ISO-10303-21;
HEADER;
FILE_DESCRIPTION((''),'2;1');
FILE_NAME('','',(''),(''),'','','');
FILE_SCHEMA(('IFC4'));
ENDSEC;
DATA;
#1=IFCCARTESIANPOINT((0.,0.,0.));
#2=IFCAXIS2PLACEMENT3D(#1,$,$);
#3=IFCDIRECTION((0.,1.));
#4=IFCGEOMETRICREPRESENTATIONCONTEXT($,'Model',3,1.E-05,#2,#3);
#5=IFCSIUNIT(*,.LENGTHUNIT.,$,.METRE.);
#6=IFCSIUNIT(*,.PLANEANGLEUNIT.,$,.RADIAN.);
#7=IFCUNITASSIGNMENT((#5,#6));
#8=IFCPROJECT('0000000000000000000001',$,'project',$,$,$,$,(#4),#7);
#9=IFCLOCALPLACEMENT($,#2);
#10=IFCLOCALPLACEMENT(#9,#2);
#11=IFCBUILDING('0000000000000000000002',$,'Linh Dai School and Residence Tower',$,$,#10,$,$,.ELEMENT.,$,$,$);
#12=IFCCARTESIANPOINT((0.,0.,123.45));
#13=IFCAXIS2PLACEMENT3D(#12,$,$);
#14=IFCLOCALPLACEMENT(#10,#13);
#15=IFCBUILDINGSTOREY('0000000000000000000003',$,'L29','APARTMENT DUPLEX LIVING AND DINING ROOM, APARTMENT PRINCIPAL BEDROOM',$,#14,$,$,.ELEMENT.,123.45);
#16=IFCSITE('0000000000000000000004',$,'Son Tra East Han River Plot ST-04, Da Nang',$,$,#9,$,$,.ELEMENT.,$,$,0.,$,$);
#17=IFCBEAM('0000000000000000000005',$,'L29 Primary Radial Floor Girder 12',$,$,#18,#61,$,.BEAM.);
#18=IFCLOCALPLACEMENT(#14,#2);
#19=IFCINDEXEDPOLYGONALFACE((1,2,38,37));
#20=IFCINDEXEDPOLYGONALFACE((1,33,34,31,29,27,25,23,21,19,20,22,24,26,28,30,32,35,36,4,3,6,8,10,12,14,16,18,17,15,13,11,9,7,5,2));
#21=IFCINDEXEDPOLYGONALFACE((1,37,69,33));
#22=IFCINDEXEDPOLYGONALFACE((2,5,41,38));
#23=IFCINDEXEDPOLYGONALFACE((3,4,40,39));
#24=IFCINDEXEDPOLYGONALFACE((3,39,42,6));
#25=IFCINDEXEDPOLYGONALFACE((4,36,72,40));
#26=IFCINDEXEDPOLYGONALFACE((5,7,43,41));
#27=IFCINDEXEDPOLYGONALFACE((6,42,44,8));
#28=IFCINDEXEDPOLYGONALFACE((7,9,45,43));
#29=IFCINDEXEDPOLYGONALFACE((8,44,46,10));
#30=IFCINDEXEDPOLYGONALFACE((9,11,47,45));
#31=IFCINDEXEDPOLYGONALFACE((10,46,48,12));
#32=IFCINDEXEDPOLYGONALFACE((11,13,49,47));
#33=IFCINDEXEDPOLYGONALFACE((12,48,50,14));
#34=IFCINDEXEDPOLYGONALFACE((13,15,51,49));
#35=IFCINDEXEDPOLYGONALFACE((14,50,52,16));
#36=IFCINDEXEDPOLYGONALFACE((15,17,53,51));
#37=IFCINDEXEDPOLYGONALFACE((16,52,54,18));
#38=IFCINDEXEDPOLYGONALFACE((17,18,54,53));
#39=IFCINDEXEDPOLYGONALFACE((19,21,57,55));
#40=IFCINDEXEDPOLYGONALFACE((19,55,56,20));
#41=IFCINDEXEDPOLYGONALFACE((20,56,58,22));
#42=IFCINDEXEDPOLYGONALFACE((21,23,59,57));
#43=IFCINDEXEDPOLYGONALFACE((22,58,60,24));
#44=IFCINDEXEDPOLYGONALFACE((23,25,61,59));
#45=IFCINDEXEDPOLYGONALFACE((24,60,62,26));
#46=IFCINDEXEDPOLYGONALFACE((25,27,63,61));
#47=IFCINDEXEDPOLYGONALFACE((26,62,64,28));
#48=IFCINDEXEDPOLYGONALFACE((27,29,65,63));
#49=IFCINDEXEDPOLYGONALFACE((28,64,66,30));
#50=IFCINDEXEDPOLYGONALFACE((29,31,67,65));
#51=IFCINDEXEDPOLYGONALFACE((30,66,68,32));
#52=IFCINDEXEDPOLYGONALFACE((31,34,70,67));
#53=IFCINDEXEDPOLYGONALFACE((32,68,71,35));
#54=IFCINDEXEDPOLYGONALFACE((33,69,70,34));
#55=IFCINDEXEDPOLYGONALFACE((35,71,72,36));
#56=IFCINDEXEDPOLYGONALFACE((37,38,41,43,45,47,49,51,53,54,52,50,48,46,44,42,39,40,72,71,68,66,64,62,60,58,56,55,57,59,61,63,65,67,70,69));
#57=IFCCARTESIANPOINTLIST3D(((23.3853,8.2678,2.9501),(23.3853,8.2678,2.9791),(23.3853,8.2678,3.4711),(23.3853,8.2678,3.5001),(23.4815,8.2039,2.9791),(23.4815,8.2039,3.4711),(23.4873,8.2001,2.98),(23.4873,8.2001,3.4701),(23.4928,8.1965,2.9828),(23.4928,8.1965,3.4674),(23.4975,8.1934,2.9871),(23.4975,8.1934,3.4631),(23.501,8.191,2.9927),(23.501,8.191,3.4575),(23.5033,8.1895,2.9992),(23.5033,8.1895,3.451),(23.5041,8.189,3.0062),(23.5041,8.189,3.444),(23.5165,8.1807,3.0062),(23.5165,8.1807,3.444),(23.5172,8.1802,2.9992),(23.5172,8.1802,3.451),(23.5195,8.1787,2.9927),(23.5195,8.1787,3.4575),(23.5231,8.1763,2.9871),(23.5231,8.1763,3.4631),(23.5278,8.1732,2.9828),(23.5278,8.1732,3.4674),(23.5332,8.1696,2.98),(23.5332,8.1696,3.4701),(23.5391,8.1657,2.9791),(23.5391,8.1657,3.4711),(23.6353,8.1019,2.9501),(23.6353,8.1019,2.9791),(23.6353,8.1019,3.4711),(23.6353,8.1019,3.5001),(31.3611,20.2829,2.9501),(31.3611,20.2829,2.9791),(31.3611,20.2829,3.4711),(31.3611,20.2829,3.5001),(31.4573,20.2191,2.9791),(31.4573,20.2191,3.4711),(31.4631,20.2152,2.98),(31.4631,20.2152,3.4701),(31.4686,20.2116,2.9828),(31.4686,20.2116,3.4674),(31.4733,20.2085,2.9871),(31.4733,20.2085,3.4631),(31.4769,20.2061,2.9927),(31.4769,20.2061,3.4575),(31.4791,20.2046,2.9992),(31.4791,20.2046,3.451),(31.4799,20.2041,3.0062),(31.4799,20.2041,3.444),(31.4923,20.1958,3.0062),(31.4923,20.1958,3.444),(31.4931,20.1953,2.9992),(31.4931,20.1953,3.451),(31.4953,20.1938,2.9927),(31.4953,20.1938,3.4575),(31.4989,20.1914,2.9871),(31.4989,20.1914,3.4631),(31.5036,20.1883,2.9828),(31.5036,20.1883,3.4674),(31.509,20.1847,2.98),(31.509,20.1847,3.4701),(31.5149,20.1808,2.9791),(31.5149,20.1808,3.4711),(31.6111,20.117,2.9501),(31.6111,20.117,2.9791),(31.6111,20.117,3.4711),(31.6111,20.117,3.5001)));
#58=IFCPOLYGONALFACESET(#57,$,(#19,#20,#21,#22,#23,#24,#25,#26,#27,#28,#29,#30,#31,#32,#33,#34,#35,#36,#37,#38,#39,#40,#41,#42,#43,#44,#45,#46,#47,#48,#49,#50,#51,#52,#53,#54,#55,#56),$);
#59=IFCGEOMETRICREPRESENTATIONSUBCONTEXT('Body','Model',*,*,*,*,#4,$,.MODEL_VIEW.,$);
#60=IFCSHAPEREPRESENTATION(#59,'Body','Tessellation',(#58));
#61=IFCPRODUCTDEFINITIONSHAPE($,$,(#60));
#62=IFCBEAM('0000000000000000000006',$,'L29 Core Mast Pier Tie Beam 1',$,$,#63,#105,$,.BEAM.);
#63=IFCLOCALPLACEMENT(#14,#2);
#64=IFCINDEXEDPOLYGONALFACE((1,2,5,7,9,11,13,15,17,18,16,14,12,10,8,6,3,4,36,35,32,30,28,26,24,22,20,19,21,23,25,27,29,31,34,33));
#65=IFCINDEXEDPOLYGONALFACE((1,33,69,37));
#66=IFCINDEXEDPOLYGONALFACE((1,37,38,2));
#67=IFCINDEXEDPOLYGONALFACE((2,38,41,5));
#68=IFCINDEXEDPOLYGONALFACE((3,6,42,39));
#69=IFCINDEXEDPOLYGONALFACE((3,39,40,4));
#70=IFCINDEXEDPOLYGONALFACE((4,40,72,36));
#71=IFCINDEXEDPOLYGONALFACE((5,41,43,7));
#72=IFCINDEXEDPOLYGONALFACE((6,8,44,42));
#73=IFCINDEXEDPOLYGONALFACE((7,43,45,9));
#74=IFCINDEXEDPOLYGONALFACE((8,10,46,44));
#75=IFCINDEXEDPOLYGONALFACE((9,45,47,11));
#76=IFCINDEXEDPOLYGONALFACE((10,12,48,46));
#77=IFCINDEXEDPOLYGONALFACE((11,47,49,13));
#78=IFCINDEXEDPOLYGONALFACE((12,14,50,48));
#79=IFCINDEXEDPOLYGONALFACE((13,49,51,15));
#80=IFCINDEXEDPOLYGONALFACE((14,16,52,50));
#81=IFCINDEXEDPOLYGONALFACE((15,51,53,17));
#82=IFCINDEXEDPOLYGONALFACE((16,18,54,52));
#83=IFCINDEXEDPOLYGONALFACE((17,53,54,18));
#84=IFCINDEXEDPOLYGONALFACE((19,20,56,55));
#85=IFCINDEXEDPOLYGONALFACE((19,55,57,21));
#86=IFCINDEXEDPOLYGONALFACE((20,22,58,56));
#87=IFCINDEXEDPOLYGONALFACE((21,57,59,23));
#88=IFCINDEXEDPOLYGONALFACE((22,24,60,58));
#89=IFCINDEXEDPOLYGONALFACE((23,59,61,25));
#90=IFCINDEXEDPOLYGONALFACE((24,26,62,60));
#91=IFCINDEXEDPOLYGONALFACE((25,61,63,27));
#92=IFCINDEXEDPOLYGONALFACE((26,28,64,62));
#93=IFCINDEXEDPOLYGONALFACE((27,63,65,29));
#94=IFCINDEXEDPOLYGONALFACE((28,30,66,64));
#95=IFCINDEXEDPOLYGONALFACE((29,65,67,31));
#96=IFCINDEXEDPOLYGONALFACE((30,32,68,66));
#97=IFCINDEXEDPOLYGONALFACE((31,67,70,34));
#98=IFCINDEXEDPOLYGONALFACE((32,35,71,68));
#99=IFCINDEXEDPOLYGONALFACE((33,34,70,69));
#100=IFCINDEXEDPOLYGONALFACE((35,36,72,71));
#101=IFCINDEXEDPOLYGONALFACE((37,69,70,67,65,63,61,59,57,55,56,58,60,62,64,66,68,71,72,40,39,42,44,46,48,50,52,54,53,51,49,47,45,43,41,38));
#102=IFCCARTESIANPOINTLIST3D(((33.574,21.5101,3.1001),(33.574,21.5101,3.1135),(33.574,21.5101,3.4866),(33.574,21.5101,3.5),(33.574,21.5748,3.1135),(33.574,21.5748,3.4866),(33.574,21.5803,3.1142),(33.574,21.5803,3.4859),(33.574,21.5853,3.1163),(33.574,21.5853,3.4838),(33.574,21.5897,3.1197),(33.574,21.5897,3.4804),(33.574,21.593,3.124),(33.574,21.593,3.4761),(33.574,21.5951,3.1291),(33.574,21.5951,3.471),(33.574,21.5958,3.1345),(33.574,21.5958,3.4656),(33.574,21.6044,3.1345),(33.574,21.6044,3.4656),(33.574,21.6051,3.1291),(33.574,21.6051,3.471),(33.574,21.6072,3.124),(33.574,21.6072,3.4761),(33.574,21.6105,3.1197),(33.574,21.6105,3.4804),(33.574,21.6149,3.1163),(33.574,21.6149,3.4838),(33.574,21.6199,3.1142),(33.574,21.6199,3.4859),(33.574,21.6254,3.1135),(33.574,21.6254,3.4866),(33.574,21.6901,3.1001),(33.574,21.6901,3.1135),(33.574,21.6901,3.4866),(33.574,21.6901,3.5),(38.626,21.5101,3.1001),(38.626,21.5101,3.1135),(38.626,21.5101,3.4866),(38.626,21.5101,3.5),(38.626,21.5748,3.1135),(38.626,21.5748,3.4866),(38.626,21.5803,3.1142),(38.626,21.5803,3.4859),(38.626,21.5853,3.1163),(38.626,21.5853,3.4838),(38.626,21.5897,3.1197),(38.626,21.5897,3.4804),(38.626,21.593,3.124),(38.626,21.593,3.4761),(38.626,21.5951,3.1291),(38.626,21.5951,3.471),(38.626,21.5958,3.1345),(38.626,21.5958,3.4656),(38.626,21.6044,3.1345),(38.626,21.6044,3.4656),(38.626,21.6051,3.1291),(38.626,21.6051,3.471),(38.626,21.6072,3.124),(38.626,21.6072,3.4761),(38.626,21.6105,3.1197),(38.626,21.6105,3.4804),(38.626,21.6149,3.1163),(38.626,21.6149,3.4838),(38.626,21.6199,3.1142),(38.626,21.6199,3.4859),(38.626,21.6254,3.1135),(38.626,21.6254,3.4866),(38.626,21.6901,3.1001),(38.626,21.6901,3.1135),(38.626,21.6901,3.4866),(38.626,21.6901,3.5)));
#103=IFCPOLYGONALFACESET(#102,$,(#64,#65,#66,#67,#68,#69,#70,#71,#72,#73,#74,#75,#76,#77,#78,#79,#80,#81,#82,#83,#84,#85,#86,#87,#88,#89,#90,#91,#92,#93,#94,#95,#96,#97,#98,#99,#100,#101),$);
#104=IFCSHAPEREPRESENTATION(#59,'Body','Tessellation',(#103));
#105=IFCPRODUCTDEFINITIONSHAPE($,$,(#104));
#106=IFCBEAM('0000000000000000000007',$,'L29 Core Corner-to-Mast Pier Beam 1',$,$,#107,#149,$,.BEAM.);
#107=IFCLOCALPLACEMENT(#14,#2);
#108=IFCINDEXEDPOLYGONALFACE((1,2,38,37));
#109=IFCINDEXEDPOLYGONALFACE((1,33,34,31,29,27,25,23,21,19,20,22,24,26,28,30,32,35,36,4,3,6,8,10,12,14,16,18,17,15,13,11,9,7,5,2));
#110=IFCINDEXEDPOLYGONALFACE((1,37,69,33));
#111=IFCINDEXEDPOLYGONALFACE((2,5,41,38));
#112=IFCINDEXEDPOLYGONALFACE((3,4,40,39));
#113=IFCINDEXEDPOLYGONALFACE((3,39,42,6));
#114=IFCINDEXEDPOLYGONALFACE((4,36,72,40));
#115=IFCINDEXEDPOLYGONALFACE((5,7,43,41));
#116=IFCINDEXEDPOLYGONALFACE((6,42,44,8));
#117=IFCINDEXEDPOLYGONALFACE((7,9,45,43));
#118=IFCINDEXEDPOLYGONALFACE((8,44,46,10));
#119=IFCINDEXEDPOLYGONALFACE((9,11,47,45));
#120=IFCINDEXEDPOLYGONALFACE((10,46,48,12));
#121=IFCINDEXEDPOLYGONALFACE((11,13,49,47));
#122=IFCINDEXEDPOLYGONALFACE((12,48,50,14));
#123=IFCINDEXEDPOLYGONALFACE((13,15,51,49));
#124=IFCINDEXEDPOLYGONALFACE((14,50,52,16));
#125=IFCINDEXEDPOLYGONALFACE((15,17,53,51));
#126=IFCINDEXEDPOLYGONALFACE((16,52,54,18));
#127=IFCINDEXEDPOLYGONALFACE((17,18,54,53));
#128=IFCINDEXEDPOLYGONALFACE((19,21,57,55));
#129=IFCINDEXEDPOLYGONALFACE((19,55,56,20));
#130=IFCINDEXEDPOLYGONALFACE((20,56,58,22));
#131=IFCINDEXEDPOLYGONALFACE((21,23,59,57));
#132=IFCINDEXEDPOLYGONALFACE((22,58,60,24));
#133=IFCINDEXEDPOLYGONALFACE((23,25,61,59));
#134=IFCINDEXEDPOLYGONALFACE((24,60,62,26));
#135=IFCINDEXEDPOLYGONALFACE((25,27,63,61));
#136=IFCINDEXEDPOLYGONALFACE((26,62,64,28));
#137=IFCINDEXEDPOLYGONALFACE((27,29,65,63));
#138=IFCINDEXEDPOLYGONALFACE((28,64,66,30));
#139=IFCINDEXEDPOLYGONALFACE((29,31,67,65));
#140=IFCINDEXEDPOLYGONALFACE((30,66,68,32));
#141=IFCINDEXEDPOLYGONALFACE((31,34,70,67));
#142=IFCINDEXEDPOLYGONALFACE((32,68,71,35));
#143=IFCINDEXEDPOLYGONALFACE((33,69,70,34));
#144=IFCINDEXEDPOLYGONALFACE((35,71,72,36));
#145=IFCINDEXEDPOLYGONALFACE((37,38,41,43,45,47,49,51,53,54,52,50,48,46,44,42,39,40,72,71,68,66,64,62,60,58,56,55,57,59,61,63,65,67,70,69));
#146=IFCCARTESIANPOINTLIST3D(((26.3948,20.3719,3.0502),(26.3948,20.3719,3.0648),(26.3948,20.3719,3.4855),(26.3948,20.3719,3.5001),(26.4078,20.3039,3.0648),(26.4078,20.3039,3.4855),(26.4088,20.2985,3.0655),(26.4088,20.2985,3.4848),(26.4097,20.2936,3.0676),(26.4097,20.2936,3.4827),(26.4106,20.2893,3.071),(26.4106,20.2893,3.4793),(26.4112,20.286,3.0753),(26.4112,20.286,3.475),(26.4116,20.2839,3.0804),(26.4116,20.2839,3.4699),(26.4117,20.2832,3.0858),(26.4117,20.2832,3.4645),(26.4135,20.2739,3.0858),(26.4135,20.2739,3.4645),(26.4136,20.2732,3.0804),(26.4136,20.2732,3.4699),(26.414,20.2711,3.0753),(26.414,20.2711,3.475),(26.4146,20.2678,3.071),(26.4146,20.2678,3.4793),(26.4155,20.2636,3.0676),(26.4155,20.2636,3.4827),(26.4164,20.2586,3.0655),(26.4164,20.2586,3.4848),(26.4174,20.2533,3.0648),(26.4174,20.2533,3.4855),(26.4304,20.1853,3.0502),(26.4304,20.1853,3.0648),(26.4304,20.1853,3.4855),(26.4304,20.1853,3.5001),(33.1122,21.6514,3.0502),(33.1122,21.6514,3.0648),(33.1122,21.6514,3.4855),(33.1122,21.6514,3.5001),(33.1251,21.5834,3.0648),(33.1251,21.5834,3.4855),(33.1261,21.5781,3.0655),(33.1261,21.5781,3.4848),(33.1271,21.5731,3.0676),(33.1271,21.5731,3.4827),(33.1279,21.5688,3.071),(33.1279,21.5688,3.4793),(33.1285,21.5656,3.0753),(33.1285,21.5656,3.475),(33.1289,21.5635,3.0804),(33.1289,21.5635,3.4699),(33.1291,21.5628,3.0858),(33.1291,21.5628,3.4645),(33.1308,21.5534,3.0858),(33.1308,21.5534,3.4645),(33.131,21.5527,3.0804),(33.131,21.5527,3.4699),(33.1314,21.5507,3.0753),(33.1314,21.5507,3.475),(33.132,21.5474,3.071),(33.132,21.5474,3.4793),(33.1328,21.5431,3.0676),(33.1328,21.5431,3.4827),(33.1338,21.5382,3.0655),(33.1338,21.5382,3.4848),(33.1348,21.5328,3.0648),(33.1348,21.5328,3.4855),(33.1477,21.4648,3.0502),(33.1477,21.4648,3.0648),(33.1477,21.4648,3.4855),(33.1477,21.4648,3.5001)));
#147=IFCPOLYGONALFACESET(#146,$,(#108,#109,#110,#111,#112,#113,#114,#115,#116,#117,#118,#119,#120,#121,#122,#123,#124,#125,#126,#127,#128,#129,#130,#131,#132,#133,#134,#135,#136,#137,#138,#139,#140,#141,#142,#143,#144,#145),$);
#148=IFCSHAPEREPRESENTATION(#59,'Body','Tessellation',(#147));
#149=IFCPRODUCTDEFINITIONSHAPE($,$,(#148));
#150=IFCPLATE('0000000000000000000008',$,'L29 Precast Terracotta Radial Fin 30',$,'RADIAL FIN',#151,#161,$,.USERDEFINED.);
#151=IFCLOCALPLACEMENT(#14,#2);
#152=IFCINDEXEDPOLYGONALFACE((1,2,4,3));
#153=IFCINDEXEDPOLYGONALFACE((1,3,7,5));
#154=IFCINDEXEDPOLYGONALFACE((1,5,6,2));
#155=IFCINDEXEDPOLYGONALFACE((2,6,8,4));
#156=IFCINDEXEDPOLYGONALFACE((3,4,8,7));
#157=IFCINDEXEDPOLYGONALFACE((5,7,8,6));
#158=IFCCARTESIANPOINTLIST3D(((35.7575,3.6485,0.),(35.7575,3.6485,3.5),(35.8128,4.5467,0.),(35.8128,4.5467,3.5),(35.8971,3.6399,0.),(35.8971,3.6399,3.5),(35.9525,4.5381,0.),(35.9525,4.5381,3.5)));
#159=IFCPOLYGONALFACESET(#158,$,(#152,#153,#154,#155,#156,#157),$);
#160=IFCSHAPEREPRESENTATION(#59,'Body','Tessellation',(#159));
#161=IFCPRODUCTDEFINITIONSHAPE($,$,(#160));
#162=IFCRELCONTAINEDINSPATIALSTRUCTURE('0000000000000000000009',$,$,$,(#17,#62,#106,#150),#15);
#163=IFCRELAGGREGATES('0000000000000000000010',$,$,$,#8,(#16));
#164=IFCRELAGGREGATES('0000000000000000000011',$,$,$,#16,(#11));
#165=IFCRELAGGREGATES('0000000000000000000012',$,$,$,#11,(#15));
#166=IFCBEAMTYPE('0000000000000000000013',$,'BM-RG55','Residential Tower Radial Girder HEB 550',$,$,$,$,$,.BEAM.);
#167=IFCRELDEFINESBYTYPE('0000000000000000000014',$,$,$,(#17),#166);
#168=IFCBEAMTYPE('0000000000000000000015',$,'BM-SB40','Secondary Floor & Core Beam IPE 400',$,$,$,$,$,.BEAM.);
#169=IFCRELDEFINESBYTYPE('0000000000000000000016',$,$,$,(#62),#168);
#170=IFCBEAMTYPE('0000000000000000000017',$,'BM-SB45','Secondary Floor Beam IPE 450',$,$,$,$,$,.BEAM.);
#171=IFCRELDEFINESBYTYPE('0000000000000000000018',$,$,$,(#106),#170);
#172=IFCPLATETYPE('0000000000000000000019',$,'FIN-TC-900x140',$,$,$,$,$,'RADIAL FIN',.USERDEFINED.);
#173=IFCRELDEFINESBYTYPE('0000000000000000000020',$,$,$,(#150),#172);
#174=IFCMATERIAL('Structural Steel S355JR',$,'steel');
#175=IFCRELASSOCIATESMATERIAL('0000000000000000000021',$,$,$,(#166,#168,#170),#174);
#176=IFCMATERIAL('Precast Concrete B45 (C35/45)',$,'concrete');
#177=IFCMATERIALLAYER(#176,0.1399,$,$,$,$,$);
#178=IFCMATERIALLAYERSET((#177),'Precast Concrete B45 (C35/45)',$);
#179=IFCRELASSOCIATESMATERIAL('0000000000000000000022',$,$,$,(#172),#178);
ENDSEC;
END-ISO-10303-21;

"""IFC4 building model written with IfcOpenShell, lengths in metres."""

from ifc_helpers import new_model, si_unit, direction, frame, origin, origin_2d, place, context, subcontext, project, spatial, rectangle, i_section, extrude, source, transform, mapped, material, layer, layer_set, material_profile, profile_set, type_object, element, save


model = new_model("IFC4")

# Units and contexts
model_context = context("Model", 3, precision=1e-05, world=origin(), true_north=direction((0.0, 1.0)))
body_context = subcontext(model_context, "Body", "Model", "MODEL_VIEW")
ifc_project = project(units=[si_unit("LENGTHUNIT", "METRE"), si_unit("PLANEANGLEUNIT", "RADIAN")], contexts=[model_context])

# Site, building, storey
site_placement = place(None, origin())
site = spatial("IfcSite", under=ifc_project, at=site_placement, Name="Son Tra East Han River Plot ST-04, Da Nang", CompositionType="ELEMENT", RefElevation=0.0)
building_placement = place(site_placement, origin())
building = spatial("IfcBuilding", under=site, at=building_placement, Name="Linh Dai School and Residence Tower", CompositionType="ELEMENT")
storey_placement = place(building_placement, frame((0.0, 0.0, 123.45)))
storey = spatial("IfcBuildingStorey", under=building, at=storey_placement, Name="L29", Description="APARTMENT DUPLEX LIVING AND DINING ROOM, APARTMENT PRINCIPAL BEDROOM", CompositionType="ELEMENT", Elevation=123.45)

# Shared definitions
ifc_material_1 = material(Name="Structural Steel S355JR", Category="steel")

# Beams
ifc_material_profile_1 = material_profile(ifc_material_1, i_section(OverallWidth=0.3, OverallDepth=0.55, WebThickness=0.0149, FlangeThickness=0.0291, FilletRadius=0.0271, at=origin_2d()), Name="HEB 550")
ifc_profile_set_1 = profile_set([ifc_material_profile_1], Name="Structural Steel S355JR")
beam_type_1 = type_object("IfcBeamType", Name="BM-RG55", Description="Residential Tower Radial Girder HEB 550", PredefinedType="BEAM", material=ifc_profile_set_1)
beam_1_placement = place(storey_placement, frame((31.4861, 20.2, 3.2251), z_axis=(-0.553054, -0.833145, 0.0), x_axis=(0.833145, -0.553054, 0.0)))
element("IfcBeam", 1, at=beam_1_placement, inside=storey, type_object=beam_type_1, Name="L29 Primary Radial Floor Girder 12", PredefinedType="BEAM", context=body_context, shape_type="SweptSolid", body=[
    extrude(i_section(OverallWidth=0.3, OverallDepth=0.55, WebThickness=0.0149, FlangeThickness=0.0291, FilletRadius=0.0271, at=origin_2d()), origin(), (0.0, 0.0, 1.0), 14.4214),
])
ifc_material_profile_2 = material_profile(ifc_material_1, i_section(OverallWidth=0.1799, OverallDepth=0.3999, WebThickness=0.0085, FlangeThickness=0.0134, FilletRadius=0.021, at=origin_2d()), Name="IPE 400")
ifc_profile_set_2 = profile_set([ifc_material_profile_2], Name="Structural Steel S355JR")
beam_type_2 = type_object("IfcBeamType", Name="BM-SB40", Description="Secondary Floor & Core Beam IPE 400", PredefinedType="BEAM", material=ifc_profile_set_2)
beam_2_placement = place(storey_placement, frame((33.574, 21.6001, 3.3), z_axis=(1.0, 0.0, 0.0), x_axis=(0.0, 1.0, 0.0)))
element("IfcBeam", 2, at=beam_2_placement, inside=storey, type_object=beam_type_2, Name="L29 Core Mast Pier Tie Beam 1", PredefinedType="BEAM", context=body_context, shape_type="SweptSolid", body=[
    extrude(i_section(OverallWidth=0.1799, OverallDepth=0.3999, WebThickness=0.0085, FlangeThickness=0.0134, FilletRadius=0.021, at=origin_2d()), origin(), (0.0, 0.0, 1.0), 5.052),
])
ifc_material_profile_3 = material_profile(ifc_material_1, i_section(OverallWidth=0.1899, OverallDepth=0.45, WebThickness=0.0095, FlangeThickness=0.0146, FilletRadius=0.021, at=origin_2d()), Name="IPE 450")
ifc_profile_set_3 = profile_set([ifc_material_profile_3], Name="Structural Steel S355JR")
beam_type_3 = type_object("IfcBeamType", Name="BM-SB45", Description="Secondary Floor Beam IPE 450", PredefinedType="BEAM", material=ifc_profile_set_3)
beam_3_placement = place(storey_placement, frame((26.4126, 20.2786, 3.2751), z_axis=(0.982337, 0.18712, 0.0), x_axis=(-0.18712, 0.982337, 0.0)))
element("IfcBeam", 3, at=beam_3_placement, inside=storey, type_object=beam_type_3, Name="L29 Core Corner-to-Mast Pier Beam 1", PredefinedType="BEAM", context=body_context, shape_type="SweptSolid", body=[
    extrude(i_section(OverallWidth=0.1899, OverallDepth=0.45, WebThickness=0.0095, FlangeThickness=0.0146, FilletRadius=0.021, at=origin_2d()), origin(), (0.0, 0.0, 1.0), 6.8381),
])

# Plate
ifc_material_2 = material(Name="Precast Concrete B45 (C35/45)", Category="concrete")
ifc_layer_1 = layer(ifc_material_2, 0.1399)
ifc_layer_set_1 = layer_set([ifc_layer_1], Name="Precast Concrete B45 (C35/45)")
plate_type = type_object("IfcPlateType", Name="FIN-TC-900x140", ElementType="RADIAL FIN", PredefinedType="USERDEFINED", material=ifc_layer_set_1)
shared_shape_1 = source(origin(), body_context, "Body", "SweptSolid", [
    extrude(rectangle(XDim=0.8999, YDim=0.1399, at=origin_2d()), origin(), (0.0, 0.0, 1.0), 3.5),
])
plate_placement = place(storey_placement, frame((35.855, 4.0933, 0.0), z_axis=(0.0, 0.0, 1.0), x_axis=(-0.061509, -0.998107, 0.0)))
element("IfcPlate", 4, at=plate_placement, inside=storey, type_object=plate_type, Name="L29 Precast Terracotta Radial Fin 30", ObjectType="RADIAL FIN", PredefinedType="USERDEFINED", context=body_context, shape_type="MappedRepresentation", body=[
    mapped(shared_shape_1, transform((0.0, 0.0, 0.0), x_axis=(1.0, 0.0, 0.0), y_axis=(0.0, 1.0, 0.0), z_axis=(0.0, 0.0, 1.0), scale=1.0)),
])

save(model, "model.ifc")
